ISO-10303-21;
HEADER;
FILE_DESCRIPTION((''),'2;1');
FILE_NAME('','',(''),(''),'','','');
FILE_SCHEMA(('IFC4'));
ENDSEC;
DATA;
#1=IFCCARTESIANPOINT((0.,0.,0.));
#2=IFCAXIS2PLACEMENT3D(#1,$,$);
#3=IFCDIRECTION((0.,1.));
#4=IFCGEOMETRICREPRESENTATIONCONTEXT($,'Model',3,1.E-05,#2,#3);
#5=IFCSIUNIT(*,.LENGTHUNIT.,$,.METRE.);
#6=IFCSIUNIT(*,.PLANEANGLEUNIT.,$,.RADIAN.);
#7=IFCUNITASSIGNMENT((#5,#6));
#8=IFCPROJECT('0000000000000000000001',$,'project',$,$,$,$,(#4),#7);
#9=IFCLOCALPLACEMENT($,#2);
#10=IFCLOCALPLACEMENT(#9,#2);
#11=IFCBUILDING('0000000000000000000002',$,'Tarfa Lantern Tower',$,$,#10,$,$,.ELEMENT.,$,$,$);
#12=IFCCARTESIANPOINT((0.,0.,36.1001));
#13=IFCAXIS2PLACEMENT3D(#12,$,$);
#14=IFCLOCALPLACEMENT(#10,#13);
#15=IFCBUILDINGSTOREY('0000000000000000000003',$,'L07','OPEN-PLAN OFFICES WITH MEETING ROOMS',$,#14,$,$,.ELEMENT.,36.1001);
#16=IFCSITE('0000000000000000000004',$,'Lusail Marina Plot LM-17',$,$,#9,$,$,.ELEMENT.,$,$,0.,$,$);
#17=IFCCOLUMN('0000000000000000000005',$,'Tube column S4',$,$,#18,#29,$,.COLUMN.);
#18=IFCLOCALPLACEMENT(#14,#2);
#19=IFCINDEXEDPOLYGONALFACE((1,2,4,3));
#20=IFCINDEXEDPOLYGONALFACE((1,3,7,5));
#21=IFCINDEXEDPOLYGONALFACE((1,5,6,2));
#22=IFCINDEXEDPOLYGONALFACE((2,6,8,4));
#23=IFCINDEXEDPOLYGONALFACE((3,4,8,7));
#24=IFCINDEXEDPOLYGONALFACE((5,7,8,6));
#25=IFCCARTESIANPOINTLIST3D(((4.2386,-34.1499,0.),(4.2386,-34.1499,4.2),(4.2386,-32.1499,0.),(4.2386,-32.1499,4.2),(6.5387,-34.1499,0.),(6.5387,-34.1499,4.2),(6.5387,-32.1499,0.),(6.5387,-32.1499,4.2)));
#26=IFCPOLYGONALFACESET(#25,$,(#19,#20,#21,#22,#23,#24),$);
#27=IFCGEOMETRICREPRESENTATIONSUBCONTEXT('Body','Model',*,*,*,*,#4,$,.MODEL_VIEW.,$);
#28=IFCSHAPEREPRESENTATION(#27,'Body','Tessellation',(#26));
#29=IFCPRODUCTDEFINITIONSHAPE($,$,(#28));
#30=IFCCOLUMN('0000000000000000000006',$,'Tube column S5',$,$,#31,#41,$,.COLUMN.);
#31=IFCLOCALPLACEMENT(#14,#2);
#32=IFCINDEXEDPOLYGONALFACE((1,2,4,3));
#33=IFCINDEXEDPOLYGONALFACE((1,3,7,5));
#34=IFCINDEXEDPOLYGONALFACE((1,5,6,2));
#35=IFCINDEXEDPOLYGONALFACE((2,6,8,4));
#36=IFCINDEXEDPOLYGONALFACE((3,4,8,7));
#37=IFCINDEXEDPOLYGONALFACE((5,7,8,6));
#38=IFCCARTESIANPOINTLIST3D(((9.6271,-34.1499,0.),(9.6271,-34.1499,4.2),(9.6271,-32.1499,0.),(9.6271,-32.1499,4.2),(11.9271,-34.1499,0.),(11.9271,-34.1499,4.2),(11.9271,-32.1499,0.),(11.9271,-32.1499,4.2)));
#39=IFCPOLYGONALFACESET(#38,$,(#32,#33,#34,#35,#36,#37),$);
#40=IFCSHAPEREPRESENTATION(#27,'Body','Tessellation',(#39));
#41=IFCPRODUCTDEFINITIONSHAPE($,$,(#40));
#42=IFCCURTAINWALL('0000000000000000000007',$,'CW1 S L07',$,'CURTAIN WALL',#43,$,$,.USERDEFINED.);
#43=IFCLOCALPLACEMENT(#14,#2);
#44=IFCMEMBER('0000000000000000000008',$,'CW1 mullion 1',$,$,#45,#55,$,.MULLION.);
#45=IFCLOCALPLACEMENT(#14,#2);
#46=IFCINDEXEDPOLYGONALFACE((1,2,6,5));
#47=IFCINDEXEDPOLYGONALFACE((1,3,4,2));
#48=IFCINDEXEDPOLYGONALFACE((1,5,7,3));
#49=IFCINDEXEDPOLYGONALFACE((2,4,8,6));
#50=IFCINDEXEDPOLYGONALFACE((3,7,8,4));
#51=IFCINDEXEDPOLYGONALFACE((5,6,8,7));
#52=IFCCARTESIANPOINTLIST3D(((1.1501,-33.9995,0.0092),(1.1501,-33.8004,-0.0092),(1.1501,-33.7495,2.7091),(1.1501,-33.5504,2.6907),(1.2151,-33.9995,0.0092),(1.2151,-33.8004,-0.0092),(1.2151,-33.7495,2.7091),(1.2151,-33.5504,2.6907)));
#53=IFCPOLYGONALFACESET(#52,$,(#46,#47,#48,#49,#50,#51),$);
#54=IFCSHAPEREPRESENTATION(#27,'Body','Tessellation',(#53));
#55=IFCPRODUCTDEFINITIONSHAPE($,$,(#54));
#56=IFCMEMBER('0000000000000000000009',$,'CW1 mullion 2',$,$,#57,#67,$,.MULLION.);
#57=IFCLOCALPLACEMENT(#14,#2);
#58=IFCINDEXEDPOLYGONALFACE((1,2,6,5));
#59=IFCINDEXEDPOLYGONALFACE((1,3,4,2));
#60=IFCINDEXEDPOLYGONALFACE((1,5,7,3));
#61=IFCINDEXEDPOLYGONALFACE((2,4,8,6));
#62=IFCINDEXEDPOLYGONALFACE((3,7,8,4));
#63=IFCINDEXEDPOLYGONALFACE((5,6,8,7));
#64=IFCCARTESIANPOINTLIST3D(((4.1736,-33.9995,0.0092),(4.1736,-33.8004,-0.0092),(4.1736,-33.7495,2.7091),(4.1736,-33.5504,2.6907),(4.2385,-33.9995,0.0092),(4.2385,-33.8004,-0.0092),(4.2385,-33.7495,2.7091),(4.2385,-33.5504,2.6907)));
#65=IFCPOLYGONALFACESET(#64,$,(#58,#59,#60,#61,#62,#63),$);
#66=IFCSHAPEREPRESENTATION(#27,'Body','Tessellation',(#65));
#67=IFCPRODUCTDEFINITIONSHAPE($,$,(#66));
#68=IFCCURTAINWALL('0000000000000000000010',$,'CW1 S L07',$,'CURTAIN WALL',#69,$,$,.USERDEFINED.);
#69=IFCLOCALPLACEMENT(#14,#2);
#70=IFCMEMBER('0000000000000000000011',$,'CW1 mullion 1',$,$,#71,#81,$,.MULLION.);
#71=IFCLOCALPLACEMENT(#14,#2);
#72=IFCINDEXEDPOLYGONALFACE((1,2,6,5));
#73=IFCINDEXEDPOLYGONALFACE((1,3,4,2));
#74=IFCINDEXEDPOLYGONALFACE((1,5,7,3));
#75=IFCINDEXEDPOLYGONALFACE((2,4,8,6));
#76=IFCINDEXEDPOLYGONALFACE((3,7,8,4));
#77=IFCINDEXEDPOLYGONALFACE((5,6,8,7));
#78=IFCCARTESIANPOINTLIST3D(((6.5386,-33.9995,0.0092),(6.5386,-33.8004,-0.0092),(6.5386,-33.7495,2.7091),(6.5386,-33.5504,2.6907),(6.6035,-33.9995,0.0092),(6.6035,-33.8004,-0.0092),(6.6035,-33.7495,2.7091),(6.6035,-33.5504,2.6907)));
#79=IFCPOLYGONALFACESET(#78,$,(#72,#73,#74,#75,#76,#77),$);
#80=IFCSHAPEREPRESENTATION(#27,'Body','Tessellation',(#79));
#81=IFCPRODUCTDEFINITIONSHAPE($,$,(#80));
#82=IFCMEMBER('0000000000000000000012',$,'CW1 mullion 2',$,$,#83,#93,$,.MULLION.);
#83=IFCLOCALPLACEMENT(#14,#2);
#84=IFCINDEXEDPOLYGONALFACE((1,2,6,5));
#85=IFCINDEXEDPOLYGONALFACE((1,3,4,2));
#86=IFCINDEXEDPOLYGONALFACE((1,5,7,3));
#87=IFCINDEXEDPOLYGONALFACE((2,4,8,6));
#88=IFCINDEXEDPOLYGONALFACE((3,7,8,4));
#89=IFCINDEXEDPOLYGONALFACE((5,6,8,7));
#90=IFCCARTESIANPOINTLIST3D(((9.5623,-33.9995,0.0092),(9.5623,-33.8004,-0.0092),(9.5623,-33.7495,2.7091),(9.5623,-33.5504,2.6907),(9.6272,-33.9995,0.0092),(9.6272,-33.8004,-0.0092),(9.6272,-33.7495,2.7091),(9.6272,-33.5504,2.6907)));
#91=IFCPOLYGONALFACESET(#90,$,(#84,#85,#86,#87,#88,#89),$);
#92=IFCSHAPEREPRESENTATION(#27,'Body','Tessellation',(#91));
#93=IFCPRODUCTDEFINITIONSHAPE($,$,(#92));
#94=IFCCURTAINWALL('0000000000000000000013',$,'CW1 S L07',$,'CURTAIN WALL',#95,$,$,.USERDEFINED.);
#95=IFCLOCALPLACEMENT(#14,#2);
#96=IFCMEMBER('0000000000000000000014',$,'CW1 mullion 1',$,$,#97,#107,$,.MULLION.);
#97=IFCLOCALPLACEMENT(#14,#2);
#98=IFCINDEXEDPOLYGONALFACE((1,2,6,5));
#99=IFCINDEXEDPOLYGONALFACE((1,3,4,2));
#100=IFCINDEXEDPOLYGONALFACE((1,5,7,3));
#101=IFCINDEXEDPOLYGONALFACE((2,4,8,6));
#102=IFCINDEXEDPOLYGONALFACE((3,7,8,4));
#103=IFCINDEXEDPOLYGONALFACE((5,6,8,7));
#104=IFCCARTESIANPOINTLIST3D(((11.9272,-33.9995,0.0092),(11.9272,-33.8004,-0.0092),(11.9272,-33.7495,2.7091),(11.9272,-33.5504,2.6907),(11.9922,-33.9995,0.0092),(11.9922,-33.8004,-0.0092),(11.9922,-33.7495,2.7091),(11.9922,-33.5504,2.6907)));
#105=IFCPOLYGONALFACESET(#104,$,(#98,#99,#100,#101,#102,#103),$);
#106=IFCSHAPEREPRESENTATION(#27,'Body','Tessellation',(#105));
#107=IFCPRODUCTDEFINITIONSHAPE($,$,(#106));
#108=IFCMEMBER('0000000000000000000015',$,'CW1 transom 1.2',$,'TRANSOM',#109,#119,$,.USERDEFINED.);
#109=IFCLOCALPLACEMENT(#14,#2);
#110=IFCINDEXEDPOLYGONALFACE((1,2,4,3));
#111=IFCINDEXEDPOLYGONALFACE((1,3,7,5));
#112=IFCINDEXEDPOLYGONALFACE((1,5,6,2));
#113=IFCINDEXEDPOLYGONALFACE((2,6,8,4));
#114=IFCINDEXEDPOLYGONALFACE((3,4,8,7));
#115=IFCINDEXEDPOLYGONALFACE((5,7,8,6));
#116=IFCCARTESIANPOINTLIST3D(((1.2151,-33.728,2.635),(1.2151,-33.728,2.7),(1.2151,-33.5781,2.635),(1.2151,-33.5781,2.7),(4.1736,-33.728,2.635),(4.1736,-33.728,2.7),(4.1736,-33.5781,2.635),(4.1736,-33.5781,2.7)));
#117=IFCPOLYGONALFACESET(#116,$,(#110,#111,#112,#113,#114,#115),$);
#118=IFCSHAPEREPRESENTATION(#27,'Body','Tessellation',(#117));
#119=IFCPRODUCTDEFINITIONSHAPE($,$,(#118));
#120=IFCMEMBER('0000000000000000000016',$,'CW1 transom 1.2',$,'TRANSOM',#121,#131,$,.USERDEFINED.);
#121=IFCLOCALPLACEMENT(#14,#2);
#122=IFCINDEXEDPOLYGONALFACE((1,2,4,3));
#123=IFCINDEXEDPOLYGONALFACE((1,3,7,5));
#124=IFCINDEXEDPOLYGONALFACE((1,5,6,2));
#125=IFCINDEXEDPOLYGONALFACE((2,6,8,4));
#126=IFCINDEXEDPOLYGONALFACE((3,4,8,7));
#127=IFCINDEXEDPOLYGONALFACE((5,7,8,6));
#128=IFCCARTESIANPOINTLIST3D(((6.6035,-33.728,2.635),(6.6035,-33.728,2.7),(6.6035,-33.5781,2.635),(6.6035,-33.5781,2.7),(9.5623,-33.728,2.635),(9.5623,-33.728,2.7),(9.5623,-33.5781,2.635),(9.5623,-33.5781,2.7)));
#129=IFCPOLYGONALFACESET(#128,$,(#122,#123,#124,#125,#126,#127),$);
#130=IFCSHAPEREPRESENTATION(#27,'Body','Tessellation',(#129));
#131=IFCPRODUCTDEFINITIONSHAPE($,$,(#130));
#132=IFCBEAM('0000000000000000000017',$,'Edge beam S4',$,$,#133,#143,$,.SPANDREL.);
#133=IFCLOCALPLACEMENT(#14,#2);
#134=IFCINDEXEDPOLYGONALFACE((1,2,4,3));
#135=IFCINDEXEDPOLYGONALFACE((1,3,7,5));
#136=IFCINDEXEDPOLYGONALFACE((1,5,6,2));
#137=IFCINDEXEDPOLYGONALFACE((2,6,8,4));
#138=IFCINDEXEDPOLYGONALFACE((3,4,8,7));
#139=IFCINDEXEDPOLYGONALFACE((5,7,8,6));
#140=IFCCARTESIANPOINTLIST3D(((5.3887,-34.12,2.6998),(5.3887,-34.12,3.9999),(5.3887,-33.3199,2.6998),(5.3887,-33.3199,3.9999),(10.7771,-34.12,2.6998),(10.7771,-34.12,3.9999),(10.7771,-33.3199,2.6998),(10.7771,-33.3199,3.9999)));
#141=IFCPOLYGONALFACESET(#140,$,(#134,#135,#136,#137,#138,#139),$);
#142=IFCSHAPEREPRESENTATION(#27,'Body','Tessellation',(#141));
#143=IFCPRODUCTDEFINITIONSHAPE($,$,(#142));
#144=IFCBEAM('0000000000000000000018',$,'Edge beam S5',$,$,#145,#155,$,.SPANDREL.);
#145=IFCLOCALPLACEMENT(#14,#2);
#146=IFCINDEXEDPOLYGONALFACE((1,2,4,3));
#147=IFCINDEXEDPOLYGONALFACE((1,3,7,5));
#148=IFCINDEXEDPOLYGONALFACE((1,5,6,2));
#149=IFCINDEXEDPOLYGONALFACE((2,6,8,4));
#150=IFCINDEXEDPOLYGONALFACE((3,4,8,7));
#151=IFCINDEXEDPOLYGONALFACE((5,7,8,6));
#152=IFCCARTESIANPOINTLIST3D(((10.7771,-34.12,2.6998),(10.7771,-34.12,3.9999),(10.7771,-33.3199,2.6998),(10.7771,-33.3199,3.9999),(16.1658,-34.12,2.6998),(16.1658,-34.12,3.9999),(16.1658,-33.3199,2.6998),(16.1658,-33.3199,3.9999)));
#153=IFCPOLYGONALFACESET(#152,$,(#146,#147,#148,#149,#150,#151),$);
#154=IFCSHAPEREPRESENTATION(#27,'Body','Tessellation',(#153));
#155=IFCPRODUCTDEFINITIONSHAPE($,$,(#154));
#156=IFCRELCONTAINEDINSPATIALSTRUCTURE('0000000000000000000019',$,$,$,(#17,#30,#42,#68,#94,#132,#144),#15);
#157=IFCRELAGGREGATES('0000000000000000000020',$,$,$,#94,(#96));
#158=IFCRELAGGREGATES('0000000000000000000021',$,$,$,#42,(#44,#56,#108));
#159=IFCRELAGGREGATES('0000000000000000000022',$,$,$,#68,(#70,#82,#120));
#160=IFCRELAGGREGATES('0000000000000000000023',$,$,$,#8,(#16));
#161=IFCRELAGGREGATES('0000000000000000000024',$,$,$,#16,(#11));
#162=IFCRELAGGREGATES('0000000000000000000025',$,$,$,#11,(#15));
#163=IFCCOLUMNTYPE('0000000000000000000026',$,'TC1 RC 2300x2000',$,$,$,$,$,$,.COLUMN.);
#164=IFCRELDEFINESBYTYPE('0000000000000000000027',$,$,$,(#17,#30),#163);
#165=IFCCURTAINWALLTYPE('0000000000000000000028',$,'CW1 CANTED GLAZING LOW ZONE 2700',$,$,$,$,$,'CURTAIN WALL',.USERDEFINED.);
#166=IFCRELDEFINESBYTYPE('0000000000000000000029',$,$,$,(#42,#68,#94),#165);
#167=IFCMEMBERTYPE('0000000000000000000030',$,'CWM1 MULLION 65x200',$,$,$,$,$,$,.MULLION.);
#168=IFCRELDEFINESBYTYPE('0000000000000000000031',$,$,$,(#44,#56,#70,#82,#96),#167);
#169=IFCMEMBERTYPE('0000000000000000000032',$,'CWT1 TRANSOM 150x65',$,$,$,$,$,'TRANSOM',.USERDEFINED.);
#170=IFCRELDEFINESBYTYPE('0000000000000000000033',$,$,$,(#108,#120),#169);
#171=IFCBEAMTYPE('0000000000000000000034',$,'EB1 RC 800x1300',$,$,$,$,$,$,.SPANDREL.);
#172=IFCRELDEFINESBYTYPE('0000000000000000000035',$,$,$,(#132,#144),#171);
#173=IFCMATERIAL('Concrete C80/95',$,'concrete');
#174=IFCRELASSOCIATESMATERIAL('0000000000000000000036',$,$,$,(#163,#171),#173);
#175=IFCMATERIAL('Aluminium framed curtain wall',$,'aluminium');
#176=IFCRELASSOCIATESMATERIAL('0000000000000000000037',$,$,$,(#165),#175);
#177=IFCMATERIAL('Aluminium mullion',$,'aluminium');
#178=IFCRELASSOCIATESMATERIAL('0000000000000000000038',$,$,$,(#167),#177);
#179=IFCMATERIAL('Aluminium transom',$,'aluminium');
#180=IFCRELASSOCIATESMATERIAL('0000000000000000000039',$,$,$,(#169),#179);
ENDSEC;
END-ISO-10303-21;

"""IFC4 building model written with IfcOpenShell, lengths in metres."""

from ifc_helpers import new_model, si_unit, direction, frame, origin, origin_2d, place, context, subcontext, project, spatial, rectangle, extrude, material, material_profile, profile_set, type_object, element, aggregate, save


model = new_model("IFC4")

# Units and contexts
model_context = context("Model", 3, precision=1e-05, world=origin(), true_north=direction((0.0, 1.0)))
body_context = subcontext(model_context, "Body", "Model", "MODEL_VIEW")
ifc_project = project(units=[si_unit("LENGTHUNIT", "METRE"), si_unit("PLANEANGLEUNIT", "RADIAN")], contexts=[model_context])

# Site, building, storey
site_placement = place(None, origin())
site = spatial("IfcSite", under=ifc_project, at=site_placement, Name="Lusail Marina Plot LM-17", CompositionType="ELEMENT", RefElevation=0.0)
building_placement = place(site_placement, origin())
building = spatial("IfcBuilding", under=site, at=building_placement, Name="Tarfa Lantern Tower", CompositionType="ELEMENT")
storey_placement = place(building_placement, frame((0.0, 0.0, 36.1001)))
storey = spatial("IfcBuildingStorey", under=building, at=storey_placement, Name="L07", Description="OPEN-PLAN OFFICES WITH MEETING ROOMS", CompositionType="ELEMENT", Elevation=36.1001)

# Columns
ifc_material_1 = material(Name="Concrete C80/95", Category="concrete")
ifc_material_profile_1 = material_profile(ifc_material_1, rectangle(XDim=2.3, YDim=2.0, at=origin_2d()), Name="RC 2300x2000")
ifc_profile_set_1 = profile_set([ifc_material_profile_1], Name="Concrete C80/95")
column_type = type_object("IfcColumnType", Name="TC1 RC 2300x2000", PredefinedType="COLUMN", material=ifc_profile_set_1)
for number, where, z_axis, x_axis, name in (
    (1, (5.3887, -33.1499, 0.0), (0.0, 0.0, 1.0), (1.0, 0.0, 0.0), "Tube column S4"),
    (2, (10.7771, -33.1499, 0.0), (0.0, 0.0, 1.0), (1.0, 0.0, 0.0), "Tube column S5"),
):
    element("IfcColumn", number, at=place(storey_placement, frame(where, z_axis=z_axis, x_axis=x_axis)), inside=storey, type_object=column_type, Name=name, PredefinedType="COLUMN", context=body_context, shape_type="SweptSolid", body=[
        extrude(rectangle(XDim=2.3, YDim=2.0, at=origin_2d()), origin(), (0.0, 0.0, 1.0), 4.2),
    ])

# Curtain walls, members
ifc_material_2 = material(Name="Aluminium framed curtain wall", Category="aluminium")
curtain_wall_type = type_object("IfcCurtainWallType", Name="CW1 CANTED GLAZING LOW ZONE 2700", ElementType="CURTAIN WALL", PredefinedType="USERDEFINED", material=ifc_material_2)
curtain_wall_1_placement = place(storey_placement, origin())
curtain_wall_1 = element("IfcCurtainWall", 3, at=curtain_wall_1_placement, inside=storey, type_object=curtain_wall_type, Name="CW1 S L07", ObjectType="CURTAIN WALL", PredefinedType="USERDEFINED")
ifc_material_3 = material(Name="Aluminium mullion", Category="aluminium")
ifc_material_profile_2 = material_profile(ifc_material_3, rectangle(XDim=0.0649, YDim=0.2, at=origin_2d()), Name="AL MULLION 65x200")
ifc_profile_set_2 = profile_set([ifc_material_profile_2], Name="Aluminium mullion")
member_type_1 = type_object("IfcMemberType", Name="CWM1 MULLION 65x200", PredefinedType="MULLION", material=ifc_profile_set_2)
member_1_placement = place(storey_placement, frame((1.1826, -33.8999, 0.0), z_axis=(0.0, 0.0922, 0.995741), x_axis=(-1.0, 0.0, 0.0)))
member_1 = element("IfcMember", 4, at=member_1_placement, type_object=member_type_1, Name="CW1 mullion 1", PredefinedType="MULLION", context=body_context, shape_type="SweptSolid", body=[
    extrude(rectangle(XDim=0.0649, YDim=0.2, at=origin_2d()), origin(), (0.0, 0.0, 1.0), 2.7114),
])
member_2_placement = place(storey_placement, frame((4.2061, -33.8999, 0.0), z_axis=(0.0, 0.0922, 0.995741), x_axis=(-1.0, 0.0, 0.0)))
member_2 = element("IfcMember", 5, at=member_2_placement, type_object=member_type_1, Name="CW1 mullion 2", PredefinedType="MULLION", context=body_context, shape_type="SweptSolid", body=[
    extrude(rectangle(XDim=0.0649, YDim=0.2, at=origin_2d()), origin(), (0.0, 0.0, 1.0), 2.7114),
])
curtain_wall_2_placement = place(storey_placement, origin())
curtain_wall_2 = element("IfcCurtainWall", 6, at=curtain_wall_2_placement, inside=storey, type_object=curtain_wall_type, Name="CW1 S L07", ObjectType="CURTAIN WALL", PredefinedType="USERDEFINED")
member_3_placement = place(storey_placement, frame((6.571, -33.8999, 0.0), z_axis=(0.0, 0.0922, 0.995741), x_axis=(-1.0, 0.0, 0.0)))
member_3 = element("IfcMember", 7, at=member_3_placement, type_object=member_type_1, Name="CW1 mullion 1", PredefinedType="MULLION", context=body_context, shape_type="SweptSolid", body=[
    extrude(rectangle(XDim=0.0649, YDim=0.2, at=origin_2d()), origin(), (0.0, 0.0, 1.0), 2.7114),
])
member_4_placement = place(storey_placement, frame((9.5947, -33.8999, 0.0), z_axis=(0.0, 0.0922, 0.995741), x_axis=(-1.0, 0.0, 0.0)))
member_4 = element("IfcMember", 8, at=member_4_placement, type_object=member_type_1, Name="CW1 mullion 2", PredefinedType="MULLION", context=body_context, shape_type="SweptSolid", body=[
    extrude(rectangle(XDim=0.0649, YDim=0.2, at=origin_2d()), origin(), (0.0, 0.0, 1.0), 2.7114),
])

# Curtain wall, member
curtain_wall_3_placement = place(storey_placement, origin())
curtain_wall_3 = element("IfcCurtainWall", 9, at=curtain_wall_3_placement, inside=storey, type_object=curtain_wall_type, Name="CW1 S L07", ObjectType="CURTAIN WALL", PredefinedType="USERDEFINED")
member_5_placement = place(storey_placement, frame((11.9597, -33.8999, 0.0), z_axis=(0.0, 0.0922, 0.995741), x_axis=(-1.0, 0.0, 0.0)))
member_5 = element("IfcMember", 10, at=member_5_placement, type_object=member_type_1, Name="CW1 mullion 1", PredefinedType="MULLION", context=body_context, shape_type="SweptSolid", body=[
    extrude(rectangle(XDim=0.0649, YDim=0.2, at=origin_2d()), origin(), (0.0, 0.0, 1.0), 2.7114),
])
aggregate(curtain_wall_3, [member_5])

# Members
ifc_material_4 = material(Name="Aluminium transom", Category="aluminium")
ifc_material_profile_3 = material_profile(ifc_material_4, rectangle(XDim=0.1499, YDim=0.0649, at=origin_2d()), Name="AL TRANSOM 150x65")
ifc_profile_set_3 = profile_set([ifc_material_profile_3], Name="Aluminium transom")
member_type_2 = type_object("IfcMemberType", Name="CWT1 TRANSOM 150x65", ElementType="TRANSOM", PredefinedType="USERDEFINED", material=ifc_profile_set_3)
member_6_placement = place(storey_placement, frame((1.2151, -33.6531, 2.6675), z_axis=(1.0, 0.0, 0.0), x_axis=(0.0, 1.0, 0.0)))
member_6 = element("IfcMember", 11, at=member_6_placement, type_object=member_type_2, Name="CW1 transom 1.2", ObjectType="TRANSOM", PredefinedType="USERDEFINED", context=body_context, shape_type="SweptSolid", body=[
    extrude(rectangle(XDim=0.1499, YDim=0.0649, at=origin_2d()), origin(), (0.0, 0.0, 1.0), 2.9585),
])
member_7_placement = place(storey_placement, frame((6.6035, -33.6531, 2.6675), z_axis=(1.0, 0.0, 0.0), x_axis=(0.0, 1.0, 0.0)))
member_7 = element("IfcMember", 12, at=member_7_placement, type_object=member_type_2, Name="CW1 transom 1.2", ObjectType="TRANSOM", PredefinedType="USERDEFINED", context=body_context, shape_type="SweptSolid", body=[
    extrude(rectangle(XDim=0.1499, YDim=0.0649, at=origin_2d()), origin(), (0.0, 0.0, 1.0), 2.9587),
])

# Beams
ifc_material_profile_4 = material_profile(ifc_material_1, rectangle(XDim=0.8, YDim=1.3, at=origin_2d()), Name="RC 800x1300")
ifc_profile_set_4 = profile_set([ifc_material_profile_4], Name="Concrete C80/95")
beam_type_1 = type_object("IfcBeamType", Name="EB1 RC 800x1300", PredefinedType="SPANDREL", material=ifc_profile_set_4)
beam_1_placement = place(storey_placement, frame((5.3887, -33.72, 3.3499), z_axis=(1.0, 0.0, 0.0), x_axis=(0.0, 1.0, 0.0)))
element("IfcBeam", 13, at=beam_1_placement, inside=storey, type_object=beam_type_1, Name="Edge beam S4", PredefinedType="SPANDREL", context=body_context, shape_type="SweptSolid", body=[
    extrude(rectangle(XDim=0.8, YDim=1.3, at=origin_2d()), origin(), (0.0, 0.0, 1.0), 5.3884),
])
beam_2_placement = place(storey_placement, frame((10.7771, -33.72, 3.3499), z_axis=(1.0, 0.0, 0.0), x_axis=(0.0, 1.0, 0.0)))
element("IfcBeam", 14, at=beam_2_placement, inside=storey, type_object=beam_type_1, Name="Edge beam S5", PredefinedType="SPANDREL", context=body_context, shape_type="SweptSolid", body=[
    extrude(rectangle(XDim=0.8, YDim=1.3, at=origin_2d()), origin(), (0.0, 0.0, 1.0), 5.3887),
])

aggregate(curtain_wall_1, [member_1, member_2, member_6])
aggregate(curtain_wall_2, [member_3, member_4, member_7])

save(model, "model.ifc")
